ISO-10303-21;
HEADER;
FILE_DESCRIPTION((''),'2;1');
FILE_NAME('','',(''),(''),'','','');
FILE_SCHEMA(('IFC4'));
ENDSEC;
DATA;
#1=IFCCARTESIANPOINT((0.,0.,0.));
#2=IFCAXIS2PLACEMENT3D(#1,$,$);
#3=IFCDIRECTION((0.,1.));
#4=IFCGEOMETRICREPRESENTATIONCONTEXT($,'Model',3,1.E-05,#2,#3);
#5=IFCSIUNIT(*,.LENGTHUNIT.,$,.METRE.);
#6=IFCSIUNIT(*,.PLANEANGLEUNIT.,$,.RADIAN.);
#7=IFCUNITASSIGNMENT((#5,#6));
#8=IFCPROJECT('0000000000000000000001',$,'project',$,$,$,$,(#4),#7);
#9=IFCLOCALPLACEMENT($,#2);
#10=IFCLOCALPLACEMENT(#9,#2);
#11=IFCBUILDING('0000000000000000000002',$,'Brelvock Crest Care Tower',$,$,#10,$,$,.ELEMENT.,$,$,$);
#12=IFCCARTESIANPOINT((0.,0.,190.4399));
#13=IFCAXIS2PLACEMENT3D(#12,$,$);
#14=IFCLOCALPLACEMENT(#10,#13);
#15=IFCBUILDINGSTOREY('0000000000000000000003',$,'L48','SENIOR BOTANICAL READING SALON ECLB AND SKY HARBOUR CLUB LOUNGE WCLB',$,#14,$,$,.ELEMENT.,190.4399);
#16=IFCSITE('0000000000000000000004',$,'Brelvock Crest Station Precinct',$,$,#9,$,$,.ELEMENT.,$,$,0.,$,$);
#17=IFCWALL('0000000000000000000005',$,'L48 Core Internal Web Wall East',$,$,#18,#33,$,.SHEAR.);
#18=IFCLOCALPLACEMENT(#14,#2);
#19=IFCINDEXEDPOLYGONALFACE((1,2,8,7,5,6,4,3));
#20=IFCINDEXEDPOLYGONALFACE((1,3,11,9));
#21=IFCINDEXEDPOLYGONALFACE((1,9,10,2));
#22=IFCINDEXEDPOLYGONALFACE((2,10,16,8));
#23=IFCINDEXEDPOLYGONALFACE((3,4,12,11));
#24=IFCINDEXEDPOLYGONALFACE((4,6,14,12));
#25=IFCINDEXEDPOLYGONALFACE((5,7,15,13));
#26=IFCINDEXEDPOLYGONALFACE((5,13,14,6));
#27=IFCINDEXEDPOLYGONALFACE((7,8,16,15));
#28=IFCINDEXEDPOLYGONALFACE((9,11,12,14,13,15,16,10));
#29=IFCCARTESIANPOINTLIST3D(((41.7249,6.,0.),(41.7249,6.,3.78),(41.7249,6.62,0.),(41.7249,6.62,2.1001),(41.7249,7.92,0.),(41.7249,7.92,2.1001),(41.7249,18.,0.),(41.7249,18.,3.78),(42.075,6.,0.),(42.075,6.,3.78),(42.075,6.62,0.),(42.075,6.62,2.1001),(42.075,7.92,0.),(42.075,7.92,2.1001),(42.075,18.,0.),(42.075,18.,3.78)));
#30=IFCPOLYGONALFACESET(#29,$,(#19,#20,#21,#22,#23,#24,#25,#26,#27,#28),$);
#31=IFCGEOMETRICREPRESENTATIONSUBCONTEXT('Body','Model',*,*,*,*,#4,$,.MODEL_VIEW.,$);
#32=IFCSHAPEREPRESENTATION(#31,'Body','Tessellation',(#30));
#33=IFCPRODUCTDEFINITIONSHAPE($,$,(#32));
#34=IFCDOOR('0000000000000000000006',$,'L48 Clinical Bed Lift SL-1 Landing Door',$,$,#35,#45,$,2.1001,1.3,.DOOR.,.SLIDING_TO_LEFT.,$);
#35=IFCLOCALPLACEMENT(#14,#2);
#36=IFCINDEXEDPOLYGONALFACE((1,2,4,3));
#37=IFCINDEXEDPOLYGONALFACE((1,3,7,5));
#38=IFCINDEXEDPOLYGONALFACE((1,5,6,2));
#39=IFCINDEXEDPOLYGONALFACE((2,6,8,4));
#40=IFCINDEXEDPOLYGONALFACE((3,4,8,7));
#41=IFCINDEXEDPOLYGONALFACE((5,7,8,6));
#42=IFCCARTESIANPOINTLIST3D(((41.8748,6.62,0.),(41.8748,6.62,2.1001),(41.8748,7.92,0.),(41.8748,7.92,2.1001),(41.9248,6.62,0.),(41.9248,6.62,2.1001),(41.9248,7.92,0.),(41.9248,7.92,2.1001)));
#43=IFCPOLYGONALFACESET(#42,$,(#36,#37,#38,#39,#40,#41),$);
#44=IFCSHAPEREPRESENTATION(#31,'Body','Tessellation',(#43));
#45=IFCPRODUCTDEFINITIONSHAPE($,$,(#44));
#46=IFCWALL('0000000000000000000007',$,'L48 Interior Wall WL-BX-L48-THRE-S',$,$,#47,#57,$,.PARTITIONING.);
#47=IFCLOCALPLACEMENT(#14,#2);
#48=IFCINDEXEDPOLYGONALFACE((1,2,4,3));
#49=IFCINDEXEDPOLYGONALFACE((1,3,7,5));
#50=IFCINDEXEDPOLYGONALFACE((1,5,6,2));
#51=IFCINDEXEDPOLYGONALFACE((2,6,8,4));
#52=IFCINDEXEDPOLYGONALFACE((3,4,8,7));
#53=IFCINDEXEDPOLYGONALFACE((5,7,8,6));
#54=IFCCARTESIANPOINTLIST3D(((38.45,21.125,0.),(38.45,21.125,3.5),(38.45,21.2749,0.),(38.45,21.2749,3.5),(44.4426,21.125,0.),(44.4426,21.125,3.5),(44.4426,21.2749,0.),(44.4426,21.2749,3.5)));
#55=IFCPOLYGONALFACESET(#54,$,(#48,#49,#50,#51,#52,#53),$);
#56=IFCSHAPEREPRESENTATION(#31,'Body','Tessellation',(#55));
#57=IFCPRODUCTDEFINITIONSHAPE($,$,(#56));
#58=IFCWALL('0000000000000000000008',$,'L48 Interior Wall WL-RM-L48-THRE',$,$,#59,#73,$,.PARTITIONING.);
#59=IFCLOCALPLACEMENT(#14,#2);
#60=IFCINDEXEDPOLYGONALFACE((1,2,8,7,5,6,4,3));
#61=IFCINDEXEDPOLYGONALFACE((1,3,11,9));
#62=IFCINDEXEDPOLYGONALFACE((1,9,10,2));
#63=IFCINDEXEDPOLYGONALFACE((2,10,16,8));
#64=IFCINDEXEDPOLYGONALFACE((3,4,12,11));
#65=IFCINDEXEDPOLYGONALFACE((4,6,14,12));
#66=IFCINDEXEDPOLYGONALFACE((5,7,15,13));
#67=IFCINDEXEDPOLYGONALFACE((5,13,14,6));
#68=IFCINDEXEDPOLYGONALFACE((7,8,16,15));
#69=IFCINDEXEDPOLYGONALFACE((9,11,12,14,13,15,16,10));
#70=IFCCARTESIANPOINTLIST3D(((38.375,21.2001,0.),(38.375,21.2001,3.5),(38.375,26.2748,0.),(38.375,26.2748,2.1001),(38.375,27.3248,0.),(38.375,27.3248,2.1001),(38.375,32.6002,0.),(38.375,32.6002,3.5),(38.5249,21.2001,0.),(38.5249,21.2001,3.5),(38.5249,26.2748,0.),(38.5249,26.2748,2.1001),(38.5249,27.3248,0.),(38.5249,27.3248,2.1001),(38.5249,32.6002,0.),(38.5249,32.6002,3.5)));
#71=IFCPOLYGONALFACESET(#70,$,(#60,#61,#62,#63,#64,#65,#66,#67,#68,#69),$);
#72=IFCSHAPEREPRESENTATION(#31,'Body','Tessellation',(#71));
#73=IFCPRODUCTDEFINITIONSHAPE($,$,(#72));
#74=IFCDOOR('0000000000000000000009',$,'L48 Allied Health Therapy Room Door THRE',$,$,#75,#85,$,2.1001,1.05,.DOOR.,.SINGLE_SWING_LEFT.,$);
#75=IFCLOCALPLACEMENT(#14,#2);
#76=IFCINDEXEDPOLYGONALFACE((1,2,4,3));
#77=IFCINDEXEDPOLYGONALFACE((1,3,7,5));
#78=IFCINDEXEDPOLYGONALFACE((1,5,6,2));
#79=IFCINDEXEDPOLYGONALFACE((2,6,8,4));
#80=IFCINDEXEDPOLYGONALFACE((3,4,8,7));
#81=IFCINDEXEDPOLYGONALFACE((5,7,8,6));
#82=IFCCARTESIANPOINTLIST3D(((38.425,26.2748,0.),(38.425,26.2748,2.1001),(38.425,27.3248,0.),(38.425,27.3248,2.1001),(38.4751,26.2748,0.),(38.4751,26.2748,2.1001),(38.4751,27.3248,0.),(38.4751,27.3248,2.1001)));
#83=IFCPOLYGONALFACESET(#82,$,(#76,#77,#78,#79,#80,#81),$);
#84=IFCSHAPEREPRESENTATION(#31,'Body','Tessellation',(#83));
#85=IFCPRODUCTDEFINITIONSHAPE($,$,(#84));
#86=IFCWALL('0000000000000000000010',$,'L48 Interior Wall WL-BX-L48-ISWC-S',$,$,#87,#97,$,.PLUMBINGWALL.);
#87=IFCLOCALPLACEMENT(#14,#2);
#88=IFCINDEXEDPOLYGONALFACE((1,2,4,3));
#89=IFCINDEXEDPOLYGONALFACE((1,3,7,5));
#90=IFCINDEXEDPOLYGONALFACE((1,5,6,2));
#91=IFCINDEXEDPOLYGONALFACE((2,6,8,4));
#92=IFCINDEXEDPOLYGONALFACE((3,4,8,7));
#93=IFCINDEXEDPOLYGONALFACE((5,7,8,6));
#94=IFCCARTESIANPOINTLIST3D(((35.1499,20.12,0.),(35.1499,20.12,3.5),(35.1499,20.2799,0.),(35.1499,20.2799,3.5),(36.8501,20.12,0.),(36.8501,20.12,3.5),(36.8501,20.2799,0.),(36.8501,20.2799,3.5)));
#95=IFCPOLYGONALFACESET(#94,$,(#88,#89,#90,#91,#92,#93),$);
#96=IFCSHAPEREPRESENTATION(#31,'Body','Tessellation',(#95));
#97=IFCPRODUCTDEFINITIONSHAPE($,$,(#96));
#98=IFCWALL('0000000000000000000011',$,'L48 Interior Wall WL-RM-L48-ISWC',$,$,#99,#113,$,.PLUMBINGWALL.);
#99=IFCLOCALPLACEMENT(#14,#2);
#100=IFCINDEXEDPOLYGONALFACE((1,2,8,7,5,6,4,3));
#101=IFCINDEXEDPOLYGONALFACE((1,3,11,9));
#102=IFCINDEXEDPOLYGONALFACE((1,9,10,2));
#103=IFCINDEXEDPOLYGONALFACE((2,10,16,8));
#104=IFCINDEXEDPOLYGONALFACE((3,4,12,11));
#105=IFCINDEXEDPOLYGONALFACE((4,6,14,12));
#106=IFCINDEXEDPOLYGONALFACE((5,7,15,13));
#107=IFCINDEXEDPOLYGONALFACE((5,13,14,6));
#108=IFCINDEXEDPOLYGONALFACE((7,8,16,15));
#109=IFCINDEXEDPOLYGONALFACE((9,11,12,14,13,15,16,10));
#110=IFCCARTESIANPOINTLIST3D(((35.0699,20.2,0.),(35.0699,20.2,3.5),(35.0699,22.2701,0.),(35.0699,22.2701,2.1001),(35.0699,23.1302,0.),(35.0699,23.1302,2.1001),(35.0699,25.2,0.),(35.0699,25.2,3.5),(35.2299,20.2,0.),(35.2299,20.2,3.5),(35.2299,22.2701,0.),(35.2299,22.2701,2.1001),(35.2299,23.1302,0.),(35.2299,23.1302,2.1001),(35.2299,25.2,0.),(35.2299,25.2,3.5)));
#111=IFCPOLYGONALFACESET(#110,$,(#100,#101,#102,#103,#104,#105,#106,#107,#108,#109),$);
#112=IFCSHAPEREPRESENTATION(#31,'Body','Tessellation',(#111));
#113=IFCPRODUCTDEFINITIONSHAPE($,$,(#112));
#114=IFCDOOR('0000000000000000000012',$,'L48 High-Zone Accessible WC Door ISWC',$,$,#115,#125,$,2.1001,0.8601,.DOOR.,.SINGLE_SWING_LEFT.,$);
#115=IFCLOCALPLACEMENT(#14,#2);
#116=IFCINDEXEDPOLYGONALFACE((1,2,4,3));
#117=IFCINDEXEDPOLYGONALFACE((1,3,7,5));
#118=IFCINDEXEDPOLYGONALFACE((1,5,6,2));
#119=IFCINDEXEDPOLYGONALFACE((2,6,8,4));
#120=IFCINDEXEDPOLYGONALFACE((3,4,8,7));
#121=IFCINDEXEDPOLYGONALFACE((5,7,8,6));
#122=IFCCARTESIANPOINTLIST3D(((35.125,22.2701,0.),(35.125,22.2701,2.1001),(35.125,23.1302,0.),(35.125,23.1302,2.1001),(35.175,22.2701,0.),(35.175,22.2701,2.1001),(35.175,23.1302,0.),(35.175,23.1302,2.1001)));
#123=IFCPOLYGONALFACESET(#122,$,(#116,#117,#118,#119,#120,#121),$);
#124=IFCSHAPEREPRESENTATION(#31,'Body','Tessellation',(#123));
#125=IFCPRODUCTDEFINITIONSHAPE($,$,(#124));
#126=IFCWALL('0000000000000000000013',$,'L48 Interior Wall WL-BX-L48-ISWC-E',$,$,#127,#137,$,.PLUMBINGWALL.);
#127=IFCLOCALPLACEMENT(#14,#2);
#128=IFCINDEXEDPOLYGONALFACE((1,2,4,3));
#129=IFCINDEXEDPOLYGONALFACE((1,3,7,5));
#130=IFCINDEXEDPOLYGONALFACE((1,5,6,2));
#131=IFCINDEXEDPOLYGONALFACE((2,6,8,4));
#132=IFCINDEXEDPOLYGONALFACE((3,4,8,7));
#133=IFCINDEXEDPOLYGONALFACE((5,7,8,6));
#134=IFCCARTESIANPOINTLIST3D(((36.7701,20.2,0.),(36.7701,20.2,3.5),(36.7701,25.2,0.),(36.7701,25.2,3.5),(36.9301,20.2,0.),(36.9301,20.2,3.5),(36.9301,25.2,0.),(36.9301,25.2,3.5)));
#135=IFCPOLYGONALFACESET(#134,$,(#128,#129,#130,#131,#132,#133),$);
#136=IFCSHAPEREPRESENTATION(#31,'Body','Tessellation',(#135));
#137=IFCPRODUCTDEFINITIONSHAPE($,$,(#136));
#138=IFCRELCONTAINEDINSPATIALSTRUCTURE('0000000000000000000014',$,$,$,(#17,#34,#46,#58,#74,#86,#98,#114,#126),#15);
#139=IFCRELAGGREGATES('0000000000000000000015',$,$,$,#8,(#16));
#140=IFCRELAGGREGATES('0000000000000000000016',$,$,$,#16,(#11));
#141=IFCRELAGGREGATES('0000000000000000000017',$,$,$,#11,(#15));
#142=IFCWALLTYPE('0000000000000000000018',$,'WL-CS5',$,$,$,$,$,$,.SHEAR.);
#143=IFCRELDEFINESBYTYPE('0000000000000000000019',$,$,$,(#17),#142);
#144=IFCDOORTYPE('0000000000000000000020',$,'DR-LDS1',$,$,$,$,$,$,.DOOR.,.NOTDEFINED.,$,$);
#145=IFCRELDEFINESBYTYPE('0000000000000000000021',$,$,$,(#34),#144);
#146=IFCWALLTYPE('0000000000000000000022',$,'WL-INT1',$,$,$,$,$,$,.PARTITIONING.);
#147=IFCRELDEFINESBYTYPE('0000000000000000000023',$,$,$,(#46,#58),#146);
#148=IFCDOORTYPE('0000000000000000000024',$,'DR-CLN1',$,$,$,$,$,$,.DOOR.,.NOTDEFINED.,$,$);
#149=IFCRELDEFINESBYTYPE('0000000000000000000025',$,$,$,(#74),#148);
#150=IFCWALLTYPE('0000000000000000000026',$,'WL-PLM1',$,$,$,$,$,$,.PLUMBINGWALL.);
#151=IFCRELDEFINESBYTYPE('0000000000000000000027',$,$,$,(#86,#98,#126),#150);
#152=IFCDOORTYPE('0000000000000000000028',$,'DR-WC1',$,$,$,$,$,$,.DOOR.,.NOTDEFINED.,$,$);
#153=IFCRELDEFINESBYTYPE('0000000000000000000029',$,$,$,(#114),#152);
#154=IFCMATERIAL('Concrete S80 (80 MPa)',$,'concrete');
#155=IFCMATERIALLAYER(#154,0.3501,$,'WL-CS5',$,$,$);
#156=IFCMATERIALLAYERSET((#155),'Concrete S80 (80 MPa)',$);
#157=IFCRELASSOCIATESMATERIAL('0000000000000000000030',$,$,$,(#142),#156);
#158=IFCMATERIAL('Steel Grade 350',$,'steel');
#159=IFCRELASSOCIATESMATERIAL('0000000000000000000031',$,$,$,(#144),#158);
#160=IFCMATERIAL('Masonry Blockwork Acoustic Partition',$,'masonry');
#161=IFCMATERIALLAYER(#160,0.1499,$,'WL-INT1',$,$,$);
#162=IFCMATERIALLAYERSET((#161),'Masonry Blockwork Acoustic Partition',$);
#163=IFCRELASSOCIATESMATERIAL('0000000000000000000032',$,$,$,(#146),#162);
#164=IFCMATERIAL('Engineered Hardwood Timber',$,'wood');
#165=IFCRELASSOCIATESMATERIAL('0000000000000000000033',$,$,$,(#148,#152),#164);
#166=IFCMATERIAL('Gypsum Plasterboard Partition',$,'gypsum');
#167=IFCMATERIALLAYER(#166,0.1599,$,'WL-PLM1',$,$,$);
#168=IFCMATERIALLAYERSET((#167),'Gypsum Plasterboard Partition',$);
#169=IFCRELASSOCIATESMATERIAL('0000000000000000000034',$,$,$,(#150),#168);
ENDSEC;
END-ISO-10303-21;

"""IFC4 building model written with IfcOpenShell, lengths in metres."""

from ifc_helpers import new_model, si_unit, direction, frame, frame_2d, origin, origin_2d, place, context, subcontext, project, spatial, rectangle, extrude, source, transform, mapped, material, layer, layer_set, type_object, element, fill, save


model = new_model("IFC4")

# Units and contexts
model_context = context("Model", 3, precision=1e-05, world=origin(), true_north=direction((0.0, 1.0)))
body_context = subcontext(model_context, "Body", "Model", "MODEL_VIEW")
ifc_project = project(units=[si_unit("LENGTHUNIT", "METRE"), si_unit("PLANEANGLEUNIT", "RADIAN")], contexts=[model_context])

# Site, building, storey
site_placement = place(None, origin())
site = spatial("IfcSite", under=ifc_project, at=site_placement, Name="Brelvock Crest Station Precinct", CompositionType="ELEMENT", RefElevation=0.0)
building_placement = place(site_placement, origin())
building = spatial("IfcBuilding", under=site, at=building_placement, Name="Brelvock Crest Care Tower", CompositionType="ELEMENT")
storey_placement = place(building_placement, frame((0.0, 0.0, 190.4399)))
storey = spatial("IfcBuildingStorey", under=building, at=storey_placement, Name="L48", Description="SENIOR BOTANICAL READING SALON ECLB AND SKY HARBOUR CLUB LOUNGE WCLB", CompositionType="ELEMENT", Elevation=190.4399)

# Shared definitions
ifc_material_1 = material(Name="Steel Grade 350", Category="steel")

# Wall, opening, door
ifc_material_2 = material(Name="Concrete S80 (80 MPa)", Category="concrete")
ifc_layer_1 = layer(ifc_material_2, 0.3501, Name="WL-CS5")
ifc_layer_set_1 = layer_set([ifc_layer_1], Name="Concrete S80 (80 MPa)")
wall_type_1 = type_object("IfcWallType", Name="WL-CS5", PredefinedType="SHEAR", material=ifc_layer_set_1)
wall_1_placement = place(storey_placement, frame((41.8999, 18.0, 0.0), z_axis=(0.0, 0.0, 1.0), x_axis=(0.0, -1.0, 0.0)))
wall_1 = element("IfcWall", 1, at=wall_1_placement, inside=storey, type_object=wall_type_1, Name="L48 Core Internal Web Wall East", PredefinedType="SHEAR", context=body_context, shape_type="SweptSolid", body=[
    extrude(rectangle(XDim=12.0, YDim=0.3501, at=frame_2d((6.0, 0.0))), origin(), (0.0, 0.0, 1.0), 3.78),
])
opening_1_placement = place(wall_1_placement, frame((10.0801, 0.0, 0.0)))
opening_1 = element("IfcOpeningElement", 2, at=opening_1_placement, cuts=wall_1, PredefinedType="OPENING", context=body_context, shape_type="SweptSolid", body=[
    extrude(rectangle(XDim=1.3, YDim=2.1001, at=origin_2d()), frame((0.6499, 0.1851, 1.05), z_axis=(0.0, -1.0, 0.0), x_axis=(1.0, 0.0, 0.0)), (0.0, 0.0, 1.0), 0.3701),
])
door_type_1 = type_object("IfcDoorType", Name="DR-LDS1", OperationType="NOTDEFINED", PredefinedType="DOOR", material=ifc_material_1)
shared_shape_1 = source(origin(), body_context, "Body", "SweptSolid", [
    extrude(rectangle(XDim=1.3, YDim=2.1001, at=origin_2d()), frame((0.6499, 0.0249, 1.05), z_axis=(0.0, -1.0, 0.0), x_axis=(1.0, 0.0, 0.0)), (0.0, 0.0, 1.0), 0.05),
])
door_1_placement = place(opening_1_placement, origin())
door_1 = element("IfcDoor", 3, at=door_1_placement, inside=storey, type_object=door_type_1, Name="L48 Clinical Bed Lift SL-1 Landing Door", OperationType="SLIDING_TO_LEFT", OverallHeight=2.1001, OverallWidth=1.3, PredefinedType="DOOR", context=body_context, shape_type="MappedRepresentation", body=[
    mapped(shared_shape_1, transform((0.0, 0.0, 0.0), x_axis=(1.0, 0.0, 0.0), y_axis=(0.0, 1.0, 0.0), z_axis=(0.0, 0.0, 1.0), scale=1.0)),
])
fill(opening_1, door_1)

# Wall
ifc_material_3 = material(Name="Masonry Blockwork Acoustic Partition", Category="masonry")
ifc_layer_2 = layer(ifc_material_3, 0.1499, Name="WL-INT1")
ifc_layer_set_2 = layer_set([ifc_layer_2], Name="Masonry Blockwork Acoustic Partition")
wall_type_2 = type_object("IfcWallType", Name="WL-INT1", PredefinedType="PARTITIONING", material=ifc_layer_set_2)
wall_2_placement = place(storey_placement, frame((38.45, 21.2, 0.0), z_axis=(0.0, 0.0, 1.0), x_axis=(1.0, 0.0, 0.0)))
element("IfcWall", 4, at=wall_2_placement, inside=storey, type_object=wall_type_2, Name="L48 Interior Wall WL-BX-L48-THRE-S", PredefinedType="PARTITIONING", context=body_context, shape_type="SweptSolid", body=[
    extrude(rectangle(XDim=5.9927, YDim=0.1499, at=frame_2d((2.9963, 0.0))), origin(), (0.0, 0.0, 1.0), 3.5),
])

# Wall, opening, door
wall_3_placement = place(storey_placement, frame((38.45, 21.2, 0.0), z_axis=(0.0, 0.0, 1.0), x_axis=(0.0, 1.0, 0.0)))
wall_3 = element("IfcWall", 5, at=wall_3_placement, inside=storey, type_object=wall_type_2, Name="L48 Interior Wall WL-RM-L48-THRE", PredefinedType="PARTITIONING", context=body_context, shape_type="SweptSolid", body=[
    extrude(rectangle(XDim=11.4001, YDim=0.1499, at=frame_2d((5.7002, 0.0))), origin(), (0.0, 0.0, 1.0), 3.5),
])
opening_2_placement = place(wall_3_placement, frame((5.075, 0.0, 0.0)))
opening_2 = element("IfcOpeningElement", 6, at=opening_2_placement, cuts=wall_3, PredefinedType="OPENING", context=body_context, shape_type="SweptSolid", body=[
    extrude(rectangle(XDim=1.05, YDim=2.1001, at=origin_2d()), frame((0.5249, 0.085, 1.05), z_axis=(0.0, -1.0, 0.0), x_axis=(1.0, 0.0, 0.0)), (0.0, 0.0, 1.0), 0.1699),
])
ifc_material_4 = material(Name="Engineered Hardwood Timber", Category="wood")
door_type_2 = type_object("IfcDoorType", Name="DR-CLN1", OperationType="NOTDEFINED", PredefinedType="DOOR", material=ifc_material_4)
shared_shape_2 = source(origin(), body_context, "Body", "SweptSolid", [
    extrude(rectangle(XDim=1.05, YDim=2.1001, at=origin_2d()), frame((0.5249, 0.0249, 1.05), z_axis=(0.0, -1.0, 0.0), x_axis=(1.0, 0.0, 0.0)), (0.0, 0.0, 1.0), 0.05),
])
door_2_placement = place(opening_2_placement, origin())
door_2 = element("IfcDoor", 7, at=door_2_placement, inside=storey, type_object=door_type_2, Name="L48 Allied Health Therapy Room Door THRE", OperationType="SINGLE_SWING_LEFT", OverallHeight=2.1001, OverallWidth=1.05, PredefinedType="DOOR", context=body_context, shape_type="MappedRepresentation", body=[
    mapped(shared_shape_2, transform((0.0, 0.0, 0.0), x_axis=(1.0, 0.0, 0.0), y_axis=(0.0, 1.0, 0.0), z_axis=(0.0, 0.0, 1.0), scale=1.0)),
])
fill(opening_2, door_2)

# Wall
ifc_material_5 = material(Name="Gypsum Plasterboard Partition", Category="gypsum")
ifc_layer_3 = layer(ifc_material_5, 0.1599, Name="WL-PLM1")
ifc_layer_set_3 = layer_set([ifc_layer_3], Name="Gypsum Plasterboard Partition")
wall_type_3 = type_object("IfcWallType", Name="WL-PLM1", PredefinedType="PLUMBINGWALL", material=ifc_layer_set_3)
wall_4_placement = place(storey_placement, frame((35.1499, 20.2, 0.0), z_axis=(0.0, 0.0, 1.0), x_axis=(1.0, 0.0, 0.0)))
element("IfcWall", 8, at=wall_4_placement, inside=storey, type_object=wall_type_3, Name="L48 Interior Wall WL-BX-L48-ISWC-S", PredefinedType="PLUMBINGWALL", context=body_context, shape_type="SweptSolid", body=[
    extrude(rectangle(XDim=1.7002, YDim=0.1599, at=frame_2d((0.8501, 0.0))), origin(), (0.0, 0.0, 1.0), 3.5),
])

# Wall, opening, door
wall_5_placement = place(storey_placement, frame((35.1499, 20.2, 0.0), z_axis=(0.0, 0.0, 1.0), x_axis=(0.0, 1.0, 0.0)))
wall_5 = element("IfcWall", 9, at=wall_5_placement, inside=storey, type_object=wall_type_3, Name="L48 Interior Wall WL-RM-L48-ISWC", PredefinedType="PLUMBINGWALL", context=body_context, shape_type="SweptSolid", body=[
    extrude(rectangle(XDim=5.0, YDim=0.1599, at=frame_2d((2.5, 0.0))), origin(), (0.0, 0.0, 1.0), 3.5),
])
opening_3_placement = place(wall_5_placement, frame((2.0701, 0.0, 0.0)))
opening_3 = element("IfcOpeningElement", 10, at=opening_3_placement, cuts=wall_5, PredefinedType="OPENING", context=body_context, shape_type="SweptSolid", body=[
    extrude(rectangle(XDim=0.8601, YDim=2.1001, at=origin_2d()), frame((0.4302, 0.0898, 1.05), z_axis=(0.0, -1.0, 0.0), x_axis=(1.0, 0.0, 0.0)), (0.0, 0.0, 1.0), 0.1799),
])
door_type_3 = type_object("IfcDoorType", Name="DR-WC1", OperationType="NOTDEFINED", PredefinedType="DOOR", material=ifc_material_4)
shared_shape_3 = source(origin(), body_context, "Body", "SweptSolid", [
    extrude(rectangle(XDim=0.8601, YDim=2.1001, at=origin_2d()), frame((0.4302, 0.0249, 1.05), z_axis=(0.0, -1.0, 0.0), x_axis=(1.0, 0.0, 0.0)), (0.0, 0.0, 1.0), 0.05),
])
door_3_placement = place(opening_3_placement, origin())
door_3 = element("IfcDoor", 11, at=door_3_placement, inside=storey, type_object=door_type_3, Name="L48 High-Zone Accessible WC Door ISWC", OperationType="SINGLE_SWING_LEFT", OverallHeight=2.1001, OverallWidth=0.8601, PredefinedType="DOOR", context=body_context, shape_type="MappedRepresentation", body=[
    mapped(shared_shape_3, transform((0.0, 0.0, 0.0), x_axis=(1.0, 0.0, 0.0), y_axis=(0.0, 1.0, 0.0), z_axis=(0.0, 0.0, 1.0), scale=1.0)),
])
fill(opening_3, door_3)

# Wall
wall_6_placement = place(storey_placement, frame((36.8501, 20.2, 0.0), z_axis=(0.0, 0.0, 1.0), x_axis=(0.0, 1.0, 0.0)))
element("IfcWall", 12, at=wall_6_placement, inside=storey, type_object=wall_type_3, Name="L48 Interior Wall WL-BX-L48-ISWC-E", PredefinedType="PLUMBINGWALL", context=body_context, shape_type="SweptSolid", body=[
    extrude(rectangle(XDim=5.0, YDim=0.1599, at=frame_2d((2.5, 0.0))), origin(), (0.0, 0.0, 1.0), 3.5),
])

save(model, "model.ifc")
